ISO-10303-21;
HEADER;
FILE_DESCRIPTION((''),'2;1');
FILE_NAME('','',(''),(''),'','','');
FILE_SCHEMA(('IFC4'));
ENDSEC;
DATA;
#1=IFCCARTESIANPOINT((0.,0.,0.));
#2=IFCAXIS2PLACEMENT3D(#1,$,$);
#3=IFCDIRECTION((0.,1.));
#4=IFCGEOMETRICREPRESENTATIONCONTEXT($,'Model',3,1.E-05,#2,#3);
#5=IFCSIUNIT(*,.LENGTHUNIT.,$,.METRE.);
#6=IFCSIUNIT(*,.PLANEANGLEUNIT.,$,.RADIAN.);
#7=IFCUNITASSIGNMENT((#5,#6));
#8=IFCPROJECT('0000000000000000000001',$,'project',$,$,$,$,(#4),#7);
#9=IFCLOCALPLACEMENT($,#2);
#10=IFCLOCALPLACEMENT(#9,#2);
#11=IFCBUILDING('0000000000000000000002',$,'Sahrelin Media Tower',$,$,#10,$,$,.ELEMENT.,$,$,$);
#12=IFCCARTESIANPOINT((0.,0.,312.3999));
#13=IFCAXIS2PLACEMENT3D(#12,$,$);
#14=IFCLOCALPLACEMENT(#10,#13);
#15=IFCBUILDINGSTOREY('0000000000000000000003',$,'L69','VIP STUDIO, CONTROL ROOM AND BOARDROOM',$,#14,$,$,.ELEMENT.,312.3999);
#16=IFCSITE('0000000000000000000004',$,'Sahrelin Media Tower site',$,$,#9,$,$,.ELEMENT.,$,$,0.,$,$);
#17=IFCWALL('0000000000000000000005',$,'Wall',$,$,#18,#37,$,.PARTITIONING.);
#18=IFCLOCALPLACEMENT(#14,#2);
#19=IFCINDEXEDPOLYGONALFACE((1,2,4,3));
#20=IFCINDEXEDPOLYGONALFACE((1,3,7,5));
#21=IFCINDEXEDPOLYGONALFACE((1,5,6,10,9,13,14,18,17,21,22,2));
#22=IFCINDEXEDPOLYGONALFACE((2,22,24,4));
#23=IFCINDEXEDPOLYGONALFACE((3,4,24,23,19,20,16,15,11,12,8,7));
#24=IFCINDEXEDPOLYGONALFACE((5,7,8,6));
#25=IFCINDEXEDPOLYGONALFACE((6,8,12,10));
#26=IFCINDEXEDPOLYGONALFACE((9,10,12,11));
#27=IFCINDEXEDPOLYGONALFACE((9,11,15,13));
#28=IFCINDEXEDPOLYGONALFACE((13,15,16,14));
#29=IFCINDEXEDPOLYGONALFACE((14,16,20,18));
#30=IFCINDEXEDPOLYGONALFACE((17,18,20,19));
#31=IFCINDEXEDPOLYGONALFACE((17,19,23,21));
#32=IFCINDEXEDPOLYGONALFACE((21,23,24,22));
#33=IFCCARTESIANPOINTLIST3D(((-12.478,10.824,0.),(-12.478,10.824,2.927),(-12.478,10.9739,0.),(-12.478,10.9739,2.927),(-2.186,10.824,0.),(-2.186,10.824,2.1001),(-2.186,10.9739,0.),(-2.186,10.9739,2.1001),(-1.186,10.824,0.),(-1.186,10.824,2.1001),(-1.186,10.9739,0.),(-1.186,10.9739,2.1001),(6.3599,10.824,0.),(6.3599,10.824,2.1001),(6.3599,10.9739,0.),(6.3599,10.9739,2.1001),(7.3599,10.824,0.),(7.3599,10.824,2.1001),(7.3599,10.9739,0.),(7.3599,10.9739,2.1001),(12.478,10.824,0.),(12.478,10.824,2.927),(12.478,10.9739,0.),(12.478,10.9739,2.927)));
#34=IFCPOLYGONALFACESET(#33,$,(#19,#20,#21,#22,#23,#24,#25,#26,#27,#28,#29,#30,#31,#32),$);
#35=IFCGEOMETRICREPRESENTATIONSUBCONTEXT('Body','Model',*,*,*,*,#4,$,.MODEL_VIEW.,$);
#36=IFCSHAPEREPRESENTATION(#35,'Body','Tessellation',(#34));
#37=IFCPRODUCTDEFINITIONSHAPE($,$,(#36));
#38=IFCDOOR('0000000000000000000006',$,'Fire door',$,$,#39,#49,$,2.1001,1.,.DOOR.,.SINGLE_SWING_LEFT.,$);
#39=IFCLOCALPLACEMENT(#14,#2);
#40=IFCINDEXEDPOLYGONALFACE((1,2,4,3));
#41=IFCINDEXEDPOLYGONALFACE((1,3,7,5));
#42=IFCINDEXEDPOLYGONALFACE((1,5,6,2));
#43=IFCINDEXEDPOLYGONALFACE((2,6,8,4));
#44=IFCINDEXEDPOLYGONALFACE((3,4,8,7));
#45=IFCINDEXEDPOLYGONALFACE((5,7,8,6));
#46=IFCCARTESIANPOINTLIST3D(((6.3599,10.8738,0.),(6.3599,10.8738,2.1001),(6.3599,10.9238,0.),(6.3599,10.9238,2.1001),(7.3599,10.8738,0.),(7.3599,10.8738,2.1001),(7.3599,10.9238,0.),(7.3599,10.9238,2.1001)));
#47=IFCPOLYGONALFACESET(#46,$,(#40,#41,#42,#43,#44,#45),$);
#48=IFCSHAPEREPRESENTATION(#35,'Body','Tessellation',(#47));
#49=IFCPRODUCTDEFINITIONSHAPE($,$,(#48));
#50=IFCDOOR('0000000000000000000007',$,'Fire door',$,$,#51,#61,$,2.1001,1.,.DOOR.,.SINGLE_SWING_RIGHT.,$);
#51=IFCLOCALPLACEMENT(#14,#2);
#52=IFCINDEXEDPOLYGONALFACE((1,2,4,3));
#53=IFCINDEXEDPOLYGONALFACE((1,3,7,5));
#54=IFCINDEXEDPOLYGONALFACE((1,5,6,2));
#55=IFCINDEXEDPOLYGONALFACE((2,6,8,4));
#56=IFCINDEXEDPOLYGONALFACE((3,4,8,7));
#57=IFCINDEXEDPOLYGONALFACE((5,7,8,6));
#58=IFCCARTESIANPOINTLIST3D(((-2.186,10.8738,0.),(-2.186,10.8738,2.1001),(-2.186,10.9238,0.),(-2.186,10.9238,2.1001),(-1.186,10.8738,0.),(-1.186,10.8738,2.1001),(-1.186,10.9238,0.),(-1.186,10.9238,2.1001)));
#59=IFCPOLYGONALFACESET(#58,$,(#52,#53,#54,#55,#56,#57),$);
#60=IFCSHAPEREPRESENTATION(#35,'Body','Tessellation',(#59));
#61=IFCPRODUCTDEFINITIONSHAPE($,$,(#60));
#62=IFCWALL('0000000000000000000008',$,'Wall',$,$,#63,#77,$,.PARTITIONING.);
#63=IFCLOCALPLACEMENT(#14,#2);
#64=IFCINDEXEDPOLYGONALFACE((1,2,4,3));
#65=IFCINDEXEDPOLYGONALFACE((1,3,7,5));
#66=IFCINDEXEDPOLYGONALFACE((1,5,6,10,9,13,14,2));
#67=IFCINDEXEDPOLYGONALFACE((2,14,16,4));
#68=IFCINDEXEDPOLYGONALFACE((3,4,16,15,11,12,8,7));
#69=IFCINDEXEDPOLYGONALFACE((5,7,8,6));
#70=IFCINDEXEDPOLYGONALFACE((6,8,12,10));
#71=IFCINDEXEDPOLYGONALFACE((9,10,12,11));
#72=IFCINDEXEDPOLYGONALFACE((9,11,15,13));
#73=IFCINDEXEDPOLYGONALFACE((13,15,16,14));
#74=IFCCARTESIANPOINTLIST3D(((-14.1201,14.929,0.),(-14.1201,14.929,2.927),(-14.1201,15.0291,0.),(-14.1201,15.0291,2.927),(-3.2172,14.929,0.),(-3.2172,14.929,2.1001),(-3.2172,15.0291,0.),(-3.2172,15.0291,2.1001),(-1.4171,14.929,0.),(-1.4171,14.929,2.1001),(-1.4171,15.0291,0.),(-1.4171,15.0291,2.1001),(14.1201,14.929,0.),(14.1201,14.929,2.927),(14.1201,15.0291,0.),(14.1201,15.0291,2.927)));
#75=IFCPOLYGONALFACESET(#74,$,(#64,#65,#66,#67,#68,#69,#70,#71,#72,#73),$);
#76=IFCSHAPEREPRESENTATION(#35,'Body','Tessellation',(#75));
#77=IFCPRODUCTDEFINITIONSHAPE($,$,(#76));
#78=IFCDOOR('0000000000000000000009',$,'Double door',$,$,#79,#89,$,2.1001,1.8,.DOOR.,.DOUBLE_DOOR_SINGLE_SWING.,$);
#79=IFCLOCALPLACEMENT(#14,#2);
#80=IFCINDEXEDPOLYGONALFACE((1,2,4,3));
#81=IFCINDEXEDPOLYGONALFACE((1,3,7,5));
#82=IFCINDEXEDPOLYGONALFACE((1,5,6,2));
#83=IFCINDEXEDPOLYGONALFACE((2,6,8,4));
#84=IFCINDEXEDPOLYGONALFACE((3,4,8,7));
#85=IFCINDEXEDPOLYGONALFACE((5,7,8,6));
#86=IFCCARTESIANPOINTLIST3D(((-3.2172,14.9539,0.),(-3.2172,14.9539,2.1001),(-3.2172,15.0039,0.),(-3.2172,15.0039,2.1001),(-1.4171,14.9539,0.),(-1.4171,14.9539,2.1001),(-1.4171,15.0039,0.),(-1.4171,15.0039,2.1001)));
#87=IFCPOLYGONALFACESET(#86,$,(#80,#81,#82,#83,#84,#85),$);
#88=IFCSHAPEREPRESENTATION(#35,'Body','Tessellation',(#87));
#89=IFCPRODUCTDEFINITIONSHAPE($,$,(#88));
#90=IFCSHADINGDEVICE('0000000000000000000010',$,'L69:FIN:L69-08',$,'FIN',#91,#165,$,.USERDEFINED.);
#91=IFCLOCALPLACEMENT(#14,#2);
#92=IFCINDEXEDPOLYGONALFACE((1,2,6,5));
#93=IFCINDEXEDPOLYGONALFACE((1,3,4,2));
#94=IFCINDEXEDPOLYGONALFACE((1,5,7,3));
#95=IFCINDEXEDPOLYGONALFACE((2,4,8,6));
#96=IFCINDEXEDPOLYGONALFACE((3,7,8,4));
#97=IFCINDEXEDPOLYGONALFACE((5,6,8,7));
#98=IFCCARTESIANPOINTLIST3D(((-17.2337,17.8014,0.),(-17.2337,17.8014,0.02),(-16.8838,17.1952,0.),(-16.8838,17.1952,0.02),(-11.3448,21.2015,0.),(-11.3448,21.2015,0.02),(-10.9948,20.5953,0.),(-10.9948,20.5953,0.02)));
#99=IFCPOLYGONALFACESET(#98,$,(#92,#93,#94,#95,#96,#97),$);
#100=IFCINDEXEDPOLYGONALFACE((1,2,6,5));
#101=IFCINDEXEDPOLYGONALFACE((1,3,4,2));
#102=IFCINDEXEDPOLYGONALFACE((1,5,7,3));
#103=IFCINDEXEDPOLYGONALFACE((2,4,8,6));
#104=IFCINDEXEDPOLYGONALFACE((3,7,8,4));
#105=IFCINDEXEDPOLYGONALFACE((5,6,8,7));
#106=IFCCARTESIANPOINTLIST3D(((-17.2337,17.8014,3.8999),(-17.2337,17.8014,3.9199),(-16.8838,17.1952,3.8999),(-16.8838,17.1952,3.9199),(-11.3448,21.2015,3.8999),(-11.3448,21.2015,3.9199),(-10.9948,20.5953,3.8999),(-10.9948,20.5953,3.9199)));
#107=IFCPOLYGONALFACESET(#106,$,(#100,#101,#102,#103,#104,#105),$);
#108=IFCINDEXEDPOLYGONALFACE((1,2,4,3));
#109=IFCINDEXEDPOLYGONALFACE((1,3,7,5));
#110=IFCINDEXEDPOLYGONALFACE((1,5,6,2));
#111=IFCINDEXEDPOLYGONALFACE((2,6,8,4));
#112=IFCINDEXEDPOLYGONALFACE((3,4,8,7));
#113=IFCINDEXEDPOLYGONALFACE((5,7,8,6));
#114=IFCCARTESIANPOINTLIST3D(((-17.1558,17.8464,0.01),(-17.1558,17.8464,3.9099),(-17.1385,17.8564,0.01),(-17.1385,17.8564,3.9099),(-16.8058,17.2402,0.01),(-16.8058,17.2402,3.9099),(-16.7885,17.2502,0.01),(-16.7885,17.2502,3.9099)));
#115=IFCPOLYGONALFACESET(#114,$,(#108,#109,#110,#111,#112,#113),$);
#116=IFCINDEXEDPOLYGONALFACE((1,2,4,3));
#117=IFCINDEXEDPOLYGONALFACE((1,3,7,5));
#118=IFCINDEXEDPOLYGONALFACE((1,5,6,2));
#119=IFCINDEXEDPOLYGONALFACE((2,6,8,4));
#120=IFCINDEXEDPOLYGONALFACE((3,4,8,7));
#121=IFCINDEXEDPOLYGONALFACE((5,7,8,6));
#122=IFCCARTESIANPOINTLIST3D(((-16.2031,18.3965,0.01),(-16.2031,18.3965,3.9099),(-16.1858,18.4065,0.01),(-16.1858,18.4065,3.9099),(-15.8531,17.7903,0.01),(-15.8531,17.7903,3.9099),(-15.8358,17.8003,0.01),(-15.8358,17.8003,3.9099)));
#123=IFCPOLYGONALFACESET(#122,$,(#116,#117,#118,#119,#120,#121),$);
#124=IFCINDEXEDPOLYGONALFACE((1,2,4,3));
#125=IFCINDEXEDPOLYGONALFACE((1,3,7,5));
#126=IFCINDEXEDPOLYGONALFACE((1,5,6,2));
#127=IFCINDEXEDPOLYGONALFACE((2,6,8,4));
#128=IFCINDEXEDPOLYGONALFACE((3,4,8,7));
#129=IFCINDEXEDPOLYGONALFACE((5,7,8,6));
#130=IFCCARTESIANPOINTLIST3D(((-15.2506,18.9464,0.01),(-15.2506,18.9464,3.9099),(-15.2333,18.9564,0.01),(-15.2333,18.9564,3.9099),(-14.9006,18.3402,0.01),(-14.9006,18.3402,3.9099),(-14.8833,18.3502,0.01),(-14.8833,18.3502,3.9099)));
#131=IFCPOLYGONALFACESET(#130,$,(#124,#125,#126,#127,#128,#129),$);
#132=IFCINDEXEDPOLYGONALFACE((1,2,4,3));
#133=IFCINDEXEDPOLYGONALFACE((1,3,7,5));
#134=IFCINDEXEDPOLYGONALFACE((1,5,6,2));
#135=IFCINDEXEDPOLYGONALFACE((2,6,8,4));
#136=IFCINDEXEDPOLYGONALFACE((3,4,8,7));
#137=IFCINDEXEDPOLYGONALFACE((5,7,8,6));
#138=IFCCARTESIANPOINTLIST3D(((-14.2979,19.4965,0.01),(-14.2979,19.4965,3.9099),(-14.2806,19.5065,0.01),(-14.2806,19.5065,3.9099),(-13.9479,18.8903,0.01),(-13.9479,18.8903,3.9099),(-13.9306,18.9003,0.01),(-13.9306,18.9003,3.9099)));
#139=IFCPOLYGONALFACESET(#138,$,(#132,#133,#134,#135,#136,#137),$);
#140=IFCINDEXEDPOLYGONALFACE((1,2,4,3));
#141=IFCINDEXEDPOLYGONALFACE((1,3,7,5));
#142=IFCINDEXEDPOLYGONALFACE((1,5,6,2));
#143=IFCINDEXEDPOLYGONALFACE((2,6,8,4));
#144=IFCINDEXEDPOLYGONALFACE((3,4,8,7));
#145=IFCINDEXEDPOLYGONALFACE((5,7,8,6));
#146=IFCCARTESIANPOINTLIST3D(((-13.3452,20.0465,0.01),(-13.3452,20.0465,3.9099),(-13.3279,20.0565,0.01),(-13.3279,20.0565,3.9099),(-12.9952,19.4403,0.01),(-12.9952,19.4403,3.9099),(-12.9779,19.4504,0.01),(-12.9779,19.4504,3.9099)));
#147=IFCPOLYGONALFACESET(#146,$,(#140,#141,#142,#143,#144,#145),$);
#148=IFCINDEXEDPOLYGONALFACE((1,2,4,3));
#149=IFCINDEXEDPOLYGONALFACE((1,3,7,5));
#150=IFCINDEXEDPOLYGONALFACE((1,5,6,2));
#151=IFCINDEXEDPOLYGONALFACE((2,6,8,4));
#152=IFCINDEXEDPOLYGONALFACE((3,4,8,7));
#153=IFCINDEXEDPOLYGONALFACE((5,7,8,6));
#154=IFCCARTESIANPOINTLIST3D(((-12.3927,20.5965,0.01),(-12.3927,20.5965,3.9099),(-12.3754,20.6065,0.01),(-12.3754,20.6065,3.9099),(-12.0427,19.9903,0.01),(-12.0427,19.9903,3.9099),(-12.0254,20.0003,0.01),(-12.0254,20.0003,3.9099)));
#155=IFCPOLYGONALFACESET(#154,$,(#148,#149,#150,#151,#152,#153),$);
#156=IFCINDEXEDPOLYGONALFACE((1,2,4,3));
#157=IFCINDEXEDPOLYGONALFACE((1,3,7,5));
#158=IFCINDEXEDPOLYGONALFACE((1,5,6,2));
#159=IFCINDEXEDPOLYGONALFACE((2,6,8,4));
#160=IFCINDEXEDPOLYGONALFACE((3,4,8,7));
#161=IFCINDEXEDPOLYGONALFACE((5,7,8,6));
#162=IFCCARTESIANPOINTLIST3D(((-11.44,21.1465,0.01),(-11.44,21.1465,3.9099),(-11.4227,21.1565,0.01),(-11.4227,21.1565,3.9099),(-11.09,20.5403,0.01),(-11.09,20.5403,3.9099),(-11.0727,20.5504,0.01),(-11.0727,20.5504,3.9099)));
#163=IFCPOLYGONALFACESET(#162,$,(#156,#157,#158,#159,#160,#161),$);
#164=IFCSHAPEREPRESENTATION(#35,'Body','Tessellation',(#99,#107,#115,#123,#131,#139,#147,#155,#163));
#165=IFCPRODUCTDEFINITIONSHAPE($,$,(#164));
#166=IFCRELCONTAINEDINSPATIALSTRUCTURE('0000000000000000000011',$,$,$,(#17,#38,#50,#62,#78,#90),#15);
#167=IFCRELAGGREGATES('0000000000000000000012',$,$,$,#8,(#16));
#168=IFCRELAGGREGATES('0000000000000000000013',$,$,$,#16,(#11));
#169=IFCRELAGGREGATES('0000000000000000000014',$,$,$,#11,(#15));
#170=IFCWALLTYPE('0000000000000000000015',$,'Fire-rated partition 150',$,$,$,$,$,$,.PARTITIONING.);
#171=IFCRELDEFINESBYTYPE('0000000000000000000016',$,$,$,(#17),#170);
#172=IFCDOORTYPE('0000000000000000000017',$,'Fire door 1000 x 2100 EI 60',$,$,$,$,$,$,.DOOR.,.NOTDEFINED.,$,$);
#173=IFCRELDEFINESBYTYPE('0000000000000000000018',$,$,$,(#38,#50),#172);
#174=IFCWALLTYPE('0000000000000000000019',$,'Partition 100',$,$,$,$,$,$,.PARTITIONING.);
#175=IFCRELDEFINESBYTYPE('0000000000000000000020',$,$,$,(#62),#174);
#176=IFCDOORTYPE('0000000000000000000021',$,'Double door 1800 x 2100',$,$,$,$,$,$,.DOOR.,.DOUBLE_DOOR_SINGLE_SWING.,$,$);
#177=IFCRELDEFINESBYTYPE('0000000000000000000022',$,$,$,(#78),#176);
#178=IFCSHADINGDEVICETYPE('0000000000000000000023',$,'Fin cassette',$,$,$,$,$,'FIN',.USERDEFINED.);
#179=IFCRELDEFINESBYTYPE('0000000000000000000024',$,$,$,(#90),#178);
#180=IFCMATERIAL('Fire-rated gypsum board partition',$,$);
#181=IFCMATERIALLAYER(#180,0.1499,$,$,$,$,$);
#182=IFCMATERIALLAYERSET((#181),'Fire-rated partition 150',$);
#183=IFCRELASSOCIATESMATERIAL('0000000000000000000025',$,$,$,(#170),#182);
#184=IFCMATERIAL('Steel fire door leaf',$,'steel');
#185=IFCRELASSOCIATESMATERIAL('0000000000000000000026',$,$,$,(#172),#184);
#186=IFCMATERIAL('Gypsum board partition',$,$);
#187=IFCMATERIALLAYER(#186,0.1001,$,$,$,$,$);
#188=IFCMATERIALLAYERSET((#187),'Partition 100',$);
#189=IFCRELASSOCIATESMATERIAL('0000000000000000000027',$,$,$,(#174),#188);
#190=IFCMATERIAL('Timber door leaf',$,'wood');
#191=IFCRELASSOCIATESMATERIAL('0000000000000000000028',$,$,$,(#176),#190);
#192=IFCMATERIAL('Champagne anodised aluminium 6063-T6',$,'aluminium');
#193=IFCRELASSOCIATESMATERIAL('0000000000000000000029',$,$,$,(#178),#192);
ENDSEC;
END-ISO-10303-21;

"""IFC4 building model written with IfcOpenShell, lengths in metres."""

from ifc_helpers import new_model, si_unit, direction, frame, frame_2d, origin, origin_2d, place, context, subcontext, project, spatial, rectangle, extrude, material, layer, layer_set, type_object, element, fill, save


model = new_model("IFC4")

# Units and contexts
model_context = context("Model", 3, precision=1e-05, world=origin(), true_north=direction((0.0, 1.0)))
body_context = subcontext(model_context, "Body", "Model", "MODEL_VIEW")
ifc_project = project(units=[si_unit("LENGTHUNIT", "METRE"), si_unit("PLANEANGLEUNIT", "RADIAN")], contexts=[model_context])

# Site, building, storey
site_placement = place(None, origin())
site = spatial("IfcSite", under=ifc_project, at=site_placement, Name="Sahrelin Media Tower site", CompositionType="ELEMENT", RefElevation=0.0)
building_placement = place(site_placement, origin())
building = spatial("IfcBuilding", under=site, at=building_placement, Name="Sahrelin Media Tower", CompositionType="ELEMENT")
storey_placement = place(building_placement, frame((0.0, 0.0, 312.3999)))
storey = spatial("IfcBuildingStorey", under=building, at=storey_placement, Name="L69", Description="VIP STUDIO, CONTROL ROOM AND BOARDROOM", CompositionType="ELEMENT", Elevation=312.3999)

# Shared definitions
ifc_material_1 = material(Name="Champagne anodised aluminium 6063-T6", Category="aluminium")

# Wall, openings, doors
ifc_material_2 = material(Name="Fire-rated gypsum board partition")
ifc_layer_1 = layer(ifc_material_2, 0.1499)
ifc_layer_set_1 = layer_set([ifc_layer_1], Name="Fire-rated partition 150")
wall_type_1 = type_object("IfcWallType", Name="Fire-rated partition 150", PredefinedType="PARTITIONING", material=ifc_layer_set_1)
wall_1_placement = place(storey_placement, frame((-12.478, 10.8989, 0.0), z_axis=(0.0, 0.0, 1.0), x_axis=(1.0, 0.0, 0.0)))
wall_1 = element("IfcWall", 1, at=wall_1_placement, inside=storey, type_object=wall_type_1, Name="Wall", PredefinedType="PARTITIONING", context=body_context, shape_type="SweptSolid", body=[
    extrude(rectangle(XDim=24.9561, YDim=0.1499, at=frame_2d((12.478, 0.0))), origin(), (0.0, 0.0, 1.0), 2.927),
])
opening_1_placement = place(wall_1_placement, frame((18.8379, 0.0, 0.0)))
opening_1 = element("IfcOpeningElement", 2, at=opening_1_placement, cuts=wall_1, PredefinedType="OPENING", context=body_context, shape_type="SweptSolid", body=[
    extrude(rectangle(XDim=1.0, YDim=2.1001, at=frame_2d((0.5, 1.05))), frame((0.0, 0.075, 0.0), z_axis=(0.0, -1.0, 0.0), x_axis=(1.0, 0.0, 0.0)), (0.0, 0.0, 1.0), 0.1499),
])
opening_2_placement = place(wall_1_placement, frame((10.292, 0.0, 0.0)))
opening_2 = element("IfcOpeningElement", 3, at=opening_2_placement, cuts=wall_1, PredefinedType="OPENING", context=body_context, shape_type="SweptSolid", body=[
    extrude(rectangle(XDim=1.0, YDim=2.1001, at=frame_2d((0.5, 1.05))), frame((0.0, 0.075, 0.0), z_axis=(0.0, -1.0, 0.0), x_axis=(1.0, 0.0, 0.0)), (0.0, 0.0, 1.0), 0.1499),
])
ifc_material_3 = material(Name="Steel fire door leaf", Category="steel")
door_type_1 = type_object("IfcDoorType", Name="Fire door 1000 x 2100 EI 60", OperationType="NOTDEFINED", PredefinedType="DOOR", material=ifc_material_3)
door_1_placement = place(opening_1_placement, origin())
door_1 = element("IfcDoor", 4, at=door_1_placement, inside=storey, type_object=door_type_1, Name="Fire door", OperationType="SINGLE_SWING_LEFT", OverallHeight=2.1001, OverallWidth=1.0, PredefinedType="DOOR", context=body_context, shape_type="SweptSolid", body=[
    extrude(rectangle(XDim=1.0, YDim=2.1001, at=frame_2d((0.5, 1.05))), frame((0.0, 0.0249, 0.0), z_axis=(0.0, -1.0, 0.0), x_axis=(1.0, 0.0, 0.0)), (0.0, 0.0, 1.0), 0.05),
])
fill(opening_1, door_1)
door_2_placement = place(opening_2_placement, origin())
door_2 = element("IfcDoor", 5, at=door_2_placement, inside=storey, type_object=door_type_1, Name="Fire door", OperationType="SINGLE_SWING_RIGHT", OverallHeight=2.1001, OverallWidth=1.0, PredefinedType="DOOR", context=body_context, shape_type="SweptSolid", body=[
    extrude(rectangle(XDim=1.0, YDim=2.1001, at=frame_2d((0.5, 1.05))), frame((0.0, 0.0249, 0.0), z_axis=(0.0, -1.0, 0.0), x_axis=(1.0, 0.0, 0.0)), (0.0, 0.0, 1.0), 0.05),
])
fill(opening_2, door_2)

# Wall, opening, door
ifc_material_4 = material(Name="Gypsum board partition")
ifc_layer_2 = layer(ifc_material_4, 0.1001)
ifc_layer_set_2 = layer_set([ifc_layer_2], Name="Partition 100")
wall_type_2 = type_object("IfcWallType", Name="Partition 100", PredefinedType="PARTITIONING", material=ifc_layer_set_2)
wall_2_placement = place(storey_placement, frame((-14.1201, 14.979, 0.0), z_axis=(0.0, 0.0, 1.0), x_axis=(1.0, 0.0, 0.0)))
wall_2 = element("IfcWall", 6, at=wall_2_placement, inside=storey, type_object=wall_type_2, Name="Wall", PredefinedType="PARTITIONING", context=body_context, shape_type="SweptSolid", body=[
    extrude(rectangle(XDim=28.2402, YDim=0.1001, at=frame_2d((14.1201, 0.0))), origin(), (0.0, 0.0, 1.0), 2.927),
])
opening_3_placement = place(wall_2_placement, frame((10.9031, 0.0, 0.0)))
opening_3 = element("IfcOpeningElement", 7, at=opening_3_placement, cuts=wall_2, PredefinedType="OPENING", context=body_context, shape_type="SweptSolid", body=[
    extrude(rectangle(XDim=1.8, YDim=2.1001, at=frame_2d((0.8999, 1.05))), frame((0.0, 0.05, 0.0), z_axis=(0.0, -1.0, 0.0), x_axis=(1.0, 0.0, 0.0)), (0.0, 0.0, 1.0), 0.1001),
])
ifc_material_5 = material(Name="Timber door leaf", Category="wood")
door_type_2 = type_object("IfcDoorType", Name="Double door 1800 x 2100", OperationType="DOUBLE_DOOR_SINGLE_SWING", PredefinedType="DOOR", material=ifc_material_5)
door_3_placement = place(opening_3_placement, origin())
door_3 = element("IfcDoor", 8, at=door_3_placement, inside=storey, type_object=door_type_2, Name="Double door", OperationType="DOUBLE_DOOR_SINGLE_SWING", OverallHeight=2.1001, OverallWidth=1.8, PredefinedType="DOOR", context=body_context, shape_type="SweptSolid", body=[
    extrude(rectangle(XDim=1.8, YDim=2.1001, at=frame_2d((0.8999, 1.05))), frame((0.0, 0.0249, 0.0), z_axis=(0.0, -1.0, 0.0), x_axis=(1.0, 0.0, 0.0)), (0.0, 0.0, 1.0), 0.05),
])
fill(opening_3, door_3)

# Shading device
shading_device_type_1 = type_object("IfcShadingDeviceType", Name="Fin cassette", ElementType="FIN", PredefinedType="USERDEFINED", material=ifc_material_1)
placement_1 = place(storey_placement, frame((-13.9043, 18.8347, 0.0), z_axis=(0.0, 0.0, 1.0), x_axis=(0.866019, 0.500011, 0.0)))
element("IfcShadingDevice", 9, at=placement_1, inside=storey, type_object=shading_device_type_1, Name="L69:FIN:L69-08", ObjectType="FIN", PredefinedType="USERDEFINED", context=body_context, shape_type="SweptSolid", body=[
    extrude(rectangle(XDim=6.8, YDim=0.7, at=origin_2d()), frame((0.0, 0.4199, 0.0)), (0.0, 0.0, 1.0), 0.02),
    extrude(rectangle(XDim=6.8, YDim=0.7, at=origin_2d()), frame((0.0, 0.4199, 3.8999)), (0.0, 0.0, 1.0), 0.02),
    extrude(rectangle(XDim=0.02, YDim=0.7, at=origin_2d()), frame((-3.3, 0.4199, 0.01), z_axis=(0.0, 0.0, 1.0), x_axis=(1.0, 0.0, 0.0)), (0.0, 0.0, 1.0), 3.8999),
    extrude(rectangle(XDim=0.02, YDim=0.7, at=origin_2d()), frame((-2.2, 0.4199, 0.01), z_axis=(0.0, 0.0, 1.0), x_axis=(1.0, 0.0, 0.0)), (0.0, 0.0, 1.0), 3.8999),
    extrude(rectangle(XDim=0.02, YDim=0.7, at=origin_2d()), frame((-1.1001, 0.4199, 0.01), z_axis=(0.0, 0.0, 1.0), x_axis=(1.0, 0.0, 0.0)), (0.0, 0.0, 1.0), 3.8999),
    extrude(rectangle(XDim=0.02, YDim=0.7, at=origin_2d()), frame((0.0, 0.4199, 0.01), z_axis=(0.0, 0.0, 1.0), x_axis=(1.0, 0.0, 0.0)), (0.0, 0.0, 1.0), 3.8999),
    extrude(rectangle(XDim=0.02, YDim=0.7, at=origin_2d()), frame((1.1001, 0.4199, 0.01), z_axis=(0.0, 0.0, 1.0), x_axis=(1.0, 0.0, 0.0)), (0.0, 0.0, 1.0), 3.8999),
    extrude(rectangle(XDim=0.02, YDim=0.7, at=origin_2d()), frame((2.2, 0.4199, 0.01), z_axis=(0.0, 0.0, 1.0), x_axis=(1.0, 0.0, 0.0)), (0.0, 0.0, 1.0), 3.8999),
    extrude(rectangle(XDim=0.02, YDim=0.7, at=origin_2d()), frame((3.3, 0.4199, 0.01), z_axis=(0.0, 0.0, 1.0), x_axis=(1.0, 0.0, 0.0)), (0.0, 0.0, 1.0), 3.8999),
])

save(model, "model.ifc")
